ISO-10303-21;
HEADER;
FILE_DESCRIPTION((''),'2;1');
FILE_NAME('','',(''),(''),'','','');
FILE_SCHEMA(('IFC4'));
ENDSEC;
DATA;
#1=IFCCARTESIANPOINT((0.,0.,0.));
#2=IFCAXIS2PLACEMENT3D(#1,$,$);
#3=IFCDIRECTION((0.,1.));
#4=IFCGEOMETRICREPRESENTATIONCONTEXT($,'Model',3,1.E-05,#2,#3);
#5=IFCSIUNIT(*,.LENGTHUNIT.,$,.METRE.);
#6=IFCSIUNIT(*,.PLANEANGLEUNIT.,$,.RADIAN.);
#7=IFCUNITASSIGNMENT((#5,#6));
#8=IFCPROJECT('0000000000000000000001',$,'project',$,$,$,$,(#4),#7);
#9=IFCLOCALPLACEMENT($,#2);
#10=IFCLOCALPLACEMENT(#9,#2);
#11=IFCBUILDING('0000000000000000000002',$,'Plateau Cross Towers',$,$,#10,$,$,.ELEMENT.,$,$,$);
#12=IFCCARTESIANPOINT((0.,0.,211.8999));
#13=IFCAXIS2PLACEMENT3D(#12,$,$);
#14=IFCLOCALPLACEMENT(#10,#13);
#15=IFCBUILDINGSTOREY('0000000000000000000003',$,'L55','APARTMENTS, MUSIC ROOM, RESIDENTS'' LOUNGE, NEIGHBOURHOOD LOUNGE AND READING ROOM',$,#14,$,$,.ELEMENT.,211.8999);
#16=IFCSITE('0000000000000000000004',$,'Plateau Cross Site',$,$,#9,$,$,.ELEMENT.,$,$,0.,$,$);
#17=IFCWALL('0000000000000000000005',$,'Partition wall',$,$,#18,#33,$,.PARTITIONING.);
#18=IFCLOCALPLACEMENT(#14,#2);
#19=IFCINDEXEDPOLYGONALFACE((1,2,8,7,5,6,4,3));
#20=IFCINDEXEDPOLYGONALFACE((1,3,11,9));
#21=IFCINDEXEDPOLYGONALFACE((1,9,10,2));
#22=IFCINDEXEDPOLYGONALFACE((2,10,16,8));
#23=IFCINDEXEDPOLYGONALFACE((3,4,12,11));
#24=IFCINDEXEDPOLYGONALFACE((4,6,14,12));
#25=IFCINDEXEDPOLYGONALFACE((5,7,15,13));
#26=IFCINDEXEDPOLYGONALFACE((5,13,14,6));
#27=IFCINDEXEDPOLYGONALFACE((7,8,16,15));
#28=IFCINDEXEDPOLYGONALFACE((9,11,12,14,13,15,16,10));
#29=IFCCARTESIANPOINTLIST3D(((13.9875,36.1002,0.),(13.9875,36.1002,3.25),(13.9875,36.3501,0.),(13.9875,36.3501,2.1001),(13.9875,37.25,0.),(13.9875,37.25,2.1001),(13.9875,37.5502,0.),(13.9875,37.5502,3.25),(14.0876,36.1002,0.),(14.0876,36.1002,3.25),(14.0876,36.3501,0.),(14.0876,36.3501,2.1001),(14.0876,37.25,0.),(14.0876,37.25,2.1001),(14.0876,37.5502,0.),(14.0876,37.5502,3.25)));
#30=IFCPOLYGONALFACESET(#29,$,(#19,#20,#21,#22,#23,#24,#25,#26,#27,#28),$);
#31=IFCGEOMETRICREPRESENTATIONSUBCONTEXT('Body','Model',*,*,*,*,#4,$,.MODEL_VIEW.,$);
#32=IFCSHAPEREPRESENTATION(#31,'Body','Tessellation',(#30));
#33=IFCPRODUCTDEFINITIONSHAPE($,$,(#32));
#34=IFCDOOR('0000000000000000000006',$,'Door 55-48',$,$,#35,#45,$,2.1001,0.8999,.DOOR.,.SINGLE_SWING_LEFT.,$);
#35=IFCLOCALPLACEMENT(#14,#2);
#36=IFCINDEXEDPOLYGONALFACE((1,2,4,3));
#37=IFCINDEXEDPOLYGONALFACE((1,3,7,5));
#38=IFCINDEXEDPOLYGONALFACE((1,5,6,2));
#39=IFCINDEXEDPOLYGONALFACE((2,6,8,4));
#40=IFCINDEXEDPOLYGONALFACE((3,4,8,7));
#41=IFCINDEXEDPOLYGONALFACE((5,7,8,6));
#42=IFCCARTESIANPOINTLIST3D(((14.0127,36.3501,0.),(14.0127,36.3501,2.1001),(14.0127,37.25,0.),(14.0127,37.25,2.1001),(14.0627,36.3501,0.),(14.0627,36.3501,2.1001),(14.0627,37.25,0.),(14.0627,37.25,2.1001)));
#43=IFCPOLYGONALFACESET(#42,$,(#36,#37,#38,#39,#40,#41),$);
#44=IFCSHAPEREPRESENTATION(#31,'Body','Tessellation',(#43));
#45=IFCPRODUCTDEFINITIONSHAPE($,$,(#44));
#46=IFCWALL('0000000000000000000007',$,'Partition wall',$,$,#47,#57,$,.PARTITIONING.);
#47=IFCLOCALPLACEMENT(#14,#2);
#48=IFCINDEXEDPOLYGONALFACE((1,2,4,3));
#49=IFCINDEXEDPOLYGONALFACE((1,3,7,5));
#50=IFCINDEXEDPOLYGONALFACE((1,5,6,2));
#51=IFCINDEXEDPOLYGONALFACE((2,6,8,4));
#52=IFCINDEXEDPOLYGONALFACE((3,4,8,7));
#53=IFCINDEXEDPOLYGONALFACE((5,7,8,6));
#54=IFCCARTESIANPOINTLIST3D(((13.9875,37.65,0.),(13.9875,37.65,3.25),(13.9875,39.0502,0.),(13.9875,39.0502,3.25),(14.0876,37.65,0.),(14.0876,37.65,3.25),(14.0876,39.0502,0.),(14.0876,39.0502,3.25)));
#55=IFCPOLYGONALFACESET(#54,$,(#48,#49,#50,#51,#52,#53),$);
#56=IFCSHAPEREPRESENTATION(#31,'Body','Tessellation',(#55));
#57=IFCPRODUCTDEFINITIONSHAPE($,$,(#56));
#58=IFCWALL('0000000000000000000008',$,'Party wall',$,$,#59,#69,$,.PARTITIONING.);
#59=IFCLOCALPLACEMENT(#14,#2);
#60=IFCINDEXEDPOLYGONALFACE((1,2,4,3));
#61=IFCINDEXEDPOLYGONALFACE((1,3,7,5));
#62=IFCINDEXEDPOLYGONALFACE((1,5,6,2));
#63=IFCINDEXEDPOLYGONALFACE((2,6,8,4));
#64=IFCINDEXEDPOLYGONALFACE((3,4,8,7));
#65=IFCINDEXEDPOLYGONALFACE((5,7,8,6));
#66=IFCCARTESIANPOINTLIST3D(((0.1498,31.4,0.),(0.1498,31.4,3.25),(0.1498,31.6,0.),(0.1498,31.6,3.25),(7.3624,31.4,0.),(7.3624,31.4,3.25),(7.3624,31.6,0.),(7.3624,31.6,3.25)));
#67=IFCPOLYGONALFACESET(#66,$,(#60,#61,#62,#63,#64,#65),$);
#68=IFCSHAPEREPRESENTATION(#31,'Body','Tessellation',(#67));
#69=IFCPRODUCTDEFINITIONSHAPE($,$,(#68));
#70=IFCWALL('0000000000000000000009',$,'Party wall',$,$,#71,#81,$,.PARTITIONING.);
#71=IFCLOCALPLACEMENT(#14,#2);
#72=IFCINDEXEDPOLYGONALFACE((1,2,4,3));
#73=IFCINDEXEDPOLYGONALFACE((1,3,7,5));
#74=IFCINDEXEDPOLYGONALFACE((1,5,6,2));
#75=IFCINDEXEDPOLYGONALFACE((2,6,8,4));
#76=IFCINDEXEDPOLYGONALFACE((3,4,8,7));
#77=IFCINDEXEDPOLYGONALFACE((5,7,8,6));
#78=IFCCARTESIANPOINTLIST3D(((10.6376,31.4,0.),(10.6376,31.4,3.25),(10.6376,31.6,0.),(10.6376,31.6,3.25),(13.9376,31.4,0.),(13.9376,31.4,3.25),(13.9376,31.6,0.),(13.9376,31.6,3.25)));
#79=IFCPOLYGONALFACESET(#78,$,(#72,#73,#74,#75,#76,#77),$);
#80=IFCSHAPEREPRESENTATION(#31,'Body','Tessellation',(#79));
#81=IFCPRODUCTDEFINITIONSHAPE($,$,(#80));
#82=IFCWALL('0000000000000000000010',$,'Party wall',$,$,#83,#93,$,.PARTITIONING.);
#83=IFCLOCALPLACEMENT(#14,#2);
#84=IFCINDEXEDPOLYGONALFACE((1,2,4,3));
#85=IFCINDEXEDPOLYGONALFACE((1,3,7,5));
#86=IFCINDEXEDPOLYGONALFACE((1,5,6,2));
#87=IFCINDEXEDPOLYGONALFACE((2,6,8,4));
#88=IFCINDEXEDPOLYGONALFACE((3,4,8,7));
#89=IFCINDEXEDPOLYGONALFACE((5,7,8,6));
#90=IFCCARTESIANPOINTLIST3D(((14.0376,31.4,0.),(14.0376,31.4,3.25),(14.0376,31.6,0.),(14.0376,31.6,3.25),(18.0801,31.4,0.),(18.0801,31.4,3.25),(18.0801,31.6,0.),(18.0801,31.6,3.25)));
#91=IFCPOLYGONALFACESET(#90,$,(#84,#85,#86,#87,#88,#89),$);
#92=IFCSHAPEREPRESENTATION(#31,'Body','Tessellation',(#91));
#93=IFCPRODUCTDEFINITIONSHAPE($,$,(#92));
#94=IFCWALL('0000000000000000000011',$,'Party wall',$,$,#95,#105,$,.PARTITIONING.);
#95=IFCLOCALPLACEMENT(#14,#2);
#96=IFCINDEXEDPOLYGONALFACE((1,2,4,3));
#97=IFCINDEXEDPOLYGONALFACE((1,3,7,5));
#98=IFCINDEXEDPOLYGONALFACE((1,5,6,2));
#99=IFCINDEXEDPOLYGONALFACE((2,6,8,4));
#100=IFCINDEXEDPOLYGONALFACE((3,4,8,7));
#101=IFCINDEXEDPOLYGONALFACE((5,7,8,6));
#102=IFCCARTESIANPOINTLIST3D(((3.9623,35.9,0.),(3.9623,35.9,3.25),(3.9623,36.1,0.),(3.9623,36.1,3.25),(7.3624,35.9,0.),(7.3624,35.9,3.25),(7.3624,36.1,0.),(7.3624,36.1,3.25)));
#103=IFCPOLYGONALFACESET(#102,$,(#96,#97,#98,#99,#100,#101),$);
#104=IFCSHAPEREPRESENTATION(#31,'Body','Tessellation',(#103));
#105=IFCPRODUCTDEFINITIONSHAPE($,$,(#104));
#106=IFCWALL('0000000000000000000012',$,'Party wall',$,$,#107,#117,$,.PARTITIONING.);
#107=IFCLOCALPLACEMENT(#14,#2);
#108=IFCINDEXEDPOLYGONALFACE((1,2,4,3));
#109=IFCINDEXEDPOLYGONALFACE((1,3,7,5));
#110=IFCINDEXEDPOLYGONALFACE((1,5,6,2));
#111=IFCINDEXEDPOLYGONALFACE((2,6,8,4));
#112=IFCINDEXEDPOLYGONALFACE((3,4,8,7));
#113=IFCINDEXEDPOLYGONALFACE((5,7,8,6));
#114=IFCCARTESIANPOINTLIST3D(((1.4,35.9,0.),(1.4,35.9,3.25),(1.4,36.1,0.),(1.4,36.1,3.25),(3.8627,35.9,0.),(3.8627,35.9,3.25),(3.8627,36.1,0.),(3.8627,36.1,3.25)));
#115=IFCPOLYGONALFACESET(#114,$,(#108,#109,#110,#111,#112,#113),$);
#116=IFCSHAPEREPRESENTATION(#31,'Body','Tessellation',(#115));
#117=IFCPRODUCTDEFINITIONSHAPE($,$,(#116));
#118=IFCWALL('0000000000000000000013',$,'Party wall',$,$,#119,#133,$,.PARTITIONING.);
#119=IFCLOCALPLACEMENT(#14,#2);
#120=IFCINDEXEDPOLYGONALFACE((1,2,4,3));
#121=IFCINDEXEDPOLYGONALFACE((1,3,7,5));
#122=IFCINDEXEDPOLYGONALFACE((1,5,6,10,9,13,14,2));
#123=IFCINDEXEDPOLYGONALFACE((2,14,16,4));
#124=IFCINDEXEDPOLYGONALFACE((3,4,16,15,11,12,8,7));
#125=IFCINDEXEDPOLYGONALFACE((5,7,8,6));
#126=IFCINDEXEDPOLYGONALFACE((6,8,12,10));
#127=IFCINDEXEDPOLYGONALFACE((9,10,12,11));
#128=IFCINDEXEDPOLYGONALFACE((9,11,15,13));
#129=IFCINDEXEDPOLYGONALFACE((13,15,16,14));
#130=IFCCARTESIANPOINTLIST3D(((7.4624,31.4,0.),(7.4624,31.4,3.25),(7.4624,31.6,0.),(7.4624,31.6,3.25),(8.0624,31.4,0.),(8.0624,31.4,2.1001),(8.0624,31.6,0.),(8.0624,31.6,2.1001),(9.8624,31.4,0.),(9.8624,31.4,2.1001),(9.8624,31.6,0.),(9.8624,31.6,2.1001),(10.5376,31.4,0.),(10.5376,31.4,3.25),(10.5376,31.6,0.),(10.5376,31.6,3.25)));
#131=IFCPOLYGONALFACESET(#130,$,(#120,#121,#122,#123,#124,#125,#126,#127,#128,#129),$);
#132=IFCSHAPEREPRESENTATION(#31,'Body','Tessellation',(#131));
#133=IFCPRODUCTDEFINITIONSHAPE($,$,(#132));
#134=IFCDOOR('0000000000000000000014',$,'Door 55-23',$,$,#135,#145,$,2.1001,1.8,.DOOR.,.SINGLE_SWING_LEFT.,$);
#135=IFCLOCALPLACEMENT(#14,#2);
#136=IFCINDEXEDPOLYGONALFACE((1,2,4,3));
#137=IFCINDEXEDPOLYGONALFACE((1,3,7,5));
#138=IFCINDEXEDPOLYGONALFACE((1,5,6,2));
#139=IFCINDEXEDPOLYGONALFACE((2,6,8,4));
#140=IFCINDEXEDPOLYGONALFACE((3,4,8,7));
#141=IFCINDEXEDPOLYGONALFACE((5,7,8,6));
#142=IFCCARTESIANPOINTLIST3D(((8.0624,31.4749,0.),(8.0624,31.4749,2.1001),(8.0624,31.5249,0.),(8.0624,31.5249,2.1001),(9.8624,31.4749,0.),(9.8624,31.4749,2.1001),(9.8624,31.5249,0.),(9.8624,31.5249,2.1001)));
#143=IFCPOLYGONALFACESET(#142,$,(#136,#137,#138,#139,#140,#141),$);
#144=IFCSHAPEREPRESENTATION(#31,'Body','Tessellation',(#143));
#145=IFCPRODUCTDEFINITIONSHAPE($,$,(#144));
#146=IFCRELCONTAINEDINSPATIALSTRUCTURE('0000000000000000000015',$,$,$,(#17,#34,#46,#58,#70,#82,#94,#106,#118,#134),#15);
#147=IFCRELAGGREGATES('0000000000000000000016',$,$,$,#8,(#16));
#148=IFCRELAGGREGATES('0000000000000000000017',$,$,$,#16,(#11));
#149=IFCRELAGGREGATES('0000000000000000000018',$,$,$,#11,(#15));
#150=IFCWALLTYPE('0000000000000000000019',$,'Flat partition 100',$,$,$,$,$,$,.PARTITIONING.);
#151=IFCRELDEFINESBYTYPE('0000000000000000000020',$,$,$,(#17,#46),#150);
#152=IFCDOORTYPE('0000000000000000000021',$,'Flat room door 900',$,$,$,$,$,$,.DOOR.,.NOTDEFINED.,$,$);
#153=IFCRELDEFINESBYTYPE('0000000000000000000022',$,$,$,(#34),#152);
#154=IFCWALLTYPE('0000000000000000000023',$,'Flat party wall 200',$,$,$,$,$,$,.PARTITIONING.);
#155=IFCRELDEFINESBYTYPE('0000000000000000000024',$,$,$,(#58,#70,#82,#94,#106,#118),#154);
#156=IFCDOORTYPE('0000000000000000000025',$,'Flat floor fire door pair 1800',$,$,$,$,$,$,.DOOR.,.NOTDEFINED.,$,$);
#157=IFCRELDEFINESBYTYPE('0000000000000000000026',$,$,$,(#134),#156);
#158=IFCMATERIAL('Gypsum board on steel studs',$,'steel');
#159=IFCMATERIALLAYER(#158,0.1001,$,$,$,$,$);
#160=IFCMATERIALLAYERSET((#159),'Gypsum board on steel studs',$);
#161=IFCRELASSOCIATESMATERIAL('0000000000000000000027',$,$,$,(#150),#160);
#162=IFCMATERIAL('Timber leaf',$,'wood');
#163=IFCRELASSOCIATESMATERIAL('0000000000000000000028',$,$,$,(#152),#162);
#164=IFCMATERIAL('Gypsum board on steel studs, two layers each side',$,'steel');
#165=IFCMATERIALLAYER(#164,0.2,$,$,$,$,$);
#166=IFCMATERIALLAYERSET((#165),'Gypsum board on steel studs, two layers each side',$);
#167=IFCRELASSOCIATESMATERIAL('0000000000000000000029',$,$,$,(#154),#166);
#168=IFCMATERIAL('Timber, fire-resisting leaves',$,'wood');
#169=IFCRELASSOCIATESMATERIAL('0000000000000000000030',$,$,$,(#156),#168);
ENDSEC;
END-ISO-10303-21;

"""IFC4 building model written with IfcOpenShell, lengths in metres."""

from ifc_helpers import new_model, si_unit, direction, frame, frame_2d, origin, place, context, subcontext, project, spatial, rectangle, extrude, material, layer, layer_set, type_object, element, fill, save


model = new_model("IFC4")

# Units and contexts
model_context = context("Model", 3, precision=1e-05, world=origin(), true_north=direction((0.0, 1.0)))
body_context = subcontext(model_context, "Body", "Model", "MODEL_VIEW")
ifc_project = project(units=[si_unit("LENGTHUNIT", "METRE"), si_unit("PLANEANGLEUNIT", "RADIAN")], contexts=[model_context])

# Site, building, storey
site_placement = place(None, origin())
site = spatial("IfcSite", under=ifc_project, at=site_placement, Name="Plateau Cross Site", CompositionType="ELEMENT", RefElevation=0.0)
building_placement = place(site_placement, origin())
building = spatial("IfcBuilding", under=site, at=building_placement, Name="Plateau Cross Towers", CompositionType="ELEMENT")
storey_placement = place(building_placement, frame((0.0, 0.0, 211.8999)))
storey = spatial("IfcBuildingStorey", under=building, at=storey_placement, Name="L55", Description="APARTMENTS, MUSIC ROOM, RESIDENTS' LOUNGE, NEIGHBOURHOOD LOUNGE AND READING ROOM", CompositionType="ELEMENT", Elevation=211.8999)

# Shared definitions
ifc_material_1 = material(Name="Gypsum board on steel studs", Category="steel")
ifc_layer_1 = layer(ifc_material_1, 0.1001)
ifc_layer_set_1 = layer_set([ifc_layer_1], Name="Gypsum board on steel studs")
wall_type_1 = type_object("IfcWallType", Name="Flat partition 100", PredefinedType="PARTITIONING", material=ifc_layer_set_1)
ifc_material_2 = material(Name="Timber leaf", Category="wood")
door_type_1 = type_object("IfcDoorType", Name="Flat room door 900", OperationType="NOTDEFINED", PredefinedType="DOOR", material=ifc_material_2)

# Wall, opening, door
wall_1_placement = place(storey_placement, frame((14.0376, 36.1001, 0.0), z_axis=(0.0, 0.0, 1.0), x_axis=(0.0, 1.0, 0.0)))
wall_1 = element("IfcWall", 1, at=wall_1_placement, inside=storey, type_object=wall_type_1, Name="Partition wall", PredefinedType="PARTITIONING", context=body_context, shape_type="SweptSolid", body=[
    extrude(rectangle(XDim=1.45, YDim=0.1001, at=frame_2d((0.7251, 0.0))), origin(), (0.0, 0.0, 1.0), 3.25),
])
opening_1_placement = place(wall_1_placement, frame((0.25, 0.0, 0.0)))
opening_1 = element("IfcOpeningElement", 2, at=opening_1_placement, cuts=wall_1, PredefinedType="OPENING", context=body_context, shape_type="SweptSolid", body=[
    extrude(rectangle(XDim=0.8999, YDim=2.1001, at=frame_2d((0.45, 1.05))), frame((0.0, 0.0601, 0.0), z_axis=(0.0, -1.0, 0.0), x_axis=(1.0, 0.0, 0.0)), (0.0, 0.0, 1.0), 0.1201),
])
door_1_placement = place(opening_1_placement, origin())
door_1 = element("IfcDoor", 3, at=door_1_placement, inside=storey, type_object=door_type_1, Name="Door 55-48", OperationType="SINGLE_SWING_LEFT", OverallHeight=2.1001, OverallWidth=0.8999, PredefinedType="DOOR", context=body_context, shape_type="SweptSolid", body=[
    extrude(rectangle(XDim=0.8999, YDim=2.1001, at=frame_2d((0.45, 1.05))), frame((0.0, 0.0249, 0.0), z_axis=(0.0, -1.0, 0.0), x_axis=(1.0, 0.0, 0.0)), (0.0, 0.0, 1.0), 0.05),
])
fill(opening_1, door_1)

# Walls
wall_2_placement = place(storey_placement, frame((14.0376, 37.6499, 0.0), z_axis=(0.0, 0.0, 1.0), x_axis=(0.0, 1.0, 0.0)))
element("IfcWall", 4, at=wall_2_placement, inside=storey, type_object=wall_type_1, Name="Partition wall", PredefinedType="PARTITIONING", context=body_context, shape_type="SweptSolid", body=[
    extrude(rectangle(XDim=1.4001, YDim=0.1001, at=frame_2d((0.7002, 0.0))), origin(), (0.0, 0.0, 1.0), 3.25),
])
ifc_material_3 = material(Name="Gypsum board on steel studs, two layers each side", Category="steel")
ifc_layer_2 = layer(ifc_material_3, 0.2)
ifc_layer_set_2 = layer_set([ifc_layer_2], Name="Gypsum board on steel studs, two layers each side")
wall_type_2 = type_object("IfcWallType", Name="Flat party wall 200", PredefinedType="PARTITIONING", material=ifc_layer_set_2)
wall_3_placement = place(storey_placement, frame((7.3625, 31.5, 0.0), z_axis=(0.0, 0.0, 1.0), x_axis=(-1.0, 0.0, 0.0)))
element("IfcWall", 5, at=wall_3_placement, inside=storey, type_object=wall_type_2, Name="Party wall", PredefinedType="PARTITIONING", context=body_context, shape_type="SweptSolid", body=[
    extrude(rectangle(XDim=7.2126, YDim=0.2, at=frame_2d((3.6064, 0.0))), origin(), (0.0, 0.0, 1.0), 3.25),
])
wall_4_placement = place(storey_placement, frame((13.9375, 31.5, 0.0), z_axis=(0.0, 0.0, 1.0), x_axis=(-1.0, 0.0, 0.0)))
element("IfcWall", 6, at=wall_4_placement, inside=storey, type_object=wall_type_2, Name="Party wall", PredefinedType="PARTITIONING", context=body_context, shape_type="SweptSolid", body=[
    extrude(rectangle(XDim=3.3, YDim=0.2, at=frame_2d((1.6499, 0.0))), origin(), (0.0, 0.0, 1.0), 3.25),
])
wall_5_placement = place(storey_placement, frame((14.0376, 31.5, 0.0), z_axis=(0.0, 0.0, 1.0), x_axis=(1.0, 0.0, 0.0)))
element("IfcWall", 7, at=wall_5_placement, inside=storey, type_object=wall_type_2, Name="Party wall", PredefinedType="PARTITIONING", context=body_context, shape_type="SweptSolid", body=[
    extrude(rectangle(XDim=4.0425, YDim=0.2, at=frame_2d((2.0212, 0.0))), origin(), (0.0, 0.0, 1.0), 3.25),
])
wall_6_placement = place(storey_placement, frame((7.3625, 36.0, 0.0), z_axis=(0.0, 0.0, 1.0), x_axis=(-1.0, 0.0, 0.0)))
element("IfcWall", 8, at=wall_6_placement, inside=storey, type_object=wall_type_2, Name="Party wall", PredefinedType="PARTITIONING", context=body_context, shape_type="SweptSolid", body=[
    extrude(rectangle(XDim=3.4001, YDim=0.2, at=frame_2d((1.7002, 0.0))), origin(), (0.0, 0.0, 1.0), 3.25),
])
wall_7_placement = place(storey_placement, frame((1.3999, 36.0, 0.0), z_axis=(0.0, 0.0, 1.0), x_axis=(1.0, 0.0, 0.0)))
element("IfcWall", 9, at=wall_7_placement, inside=storey, type_object=wall_type_2, Name="Party wall", PredefinedType="PARTITIONING", context=body_context, shape_type="SweptSolid", body=[
    extrude(rectangle(XDim=2.4626, YDim=0.2, at=frame_2d((1.2314, 0.0))), origin(), (0.0, 0.0, 1.0), 3.25),
])

# Wall, opening, door
wall_8_placement = place(storey_placement, frame((7.4624, 31.5, 0.0), z_axis=(0.0, 0.0, 1.0), x_axis=(1.0, 0.0, 0.0)))
wall_8 = element("IfcWall", 10, at=wall_8_placement, inside=storey, type_object=wall_type_2, Name="Party wall", PredefinedType="PARTITIONING", context=body_context, shape_type="SweptSolid", body=[
    extrude(rectangle(XDim=3.0752, YDim=0.2, at=frame_2d((1.5376, 0.0))), origin(), (0.0, 0.0, 1.0), 3.25),
])
opening_2_placement = place(wall_8_placement, frame((0.6001, 0.0, 0.0)))
opening_2 = element("IfcOpeningElement", 11, at=opening_2_placement, cuts=wall_8, PredefinedType="OPENING", context=body_context, shape_type="SweptSolid", body=[
    extrude(rectangle(XDim=1.8, YDim=2.1001, at=frame_2d((0.8999, 1.05))), frame((0.0, 0.1099, 0.0), z_axis=(0.0, -1.0, 0.0), x_axis=(1.0, 0.0, 0.0)), (0.0, 0.0, 1.0), 0.22),
])
ifc_material_4 = material(Name="Timber, fire-resisting leaves", Category="wood")
door_type_2 = type_object("IfcDoorType", Name="Flat floor fire door pair 1800", OperationType="NOTDEFINED", PredefinedType="DOOR", material=ifc_material_4)
door_2_placement = place(opening_2_placement, origin())
door_2 = element("IfcDoor", 12, at=door_2_placement, inside=storey, type_object=door_type_2, Name="Door 55-23", OperationType="SINGLE_SWING_LEFT", OverallHeight=2.1001, OverallWidth=1.8, PredefinedType="DOOR", context=body_context, shape_type="SweptSolid", body=[
    extrude(rectangle(XDim=1.8, YDim=2.1001, at=frame_2d((0.8999, 1.05))), frame((0.0, 0.0249, 0.0), z_axis=(0.0, -1.0, 0.0), x_axis=(1.0, 0.0, 0.0)), (0.0, 0.0, 1.0), 0.05),
])
fill(opening_2, door_2)

save(model, "model.ifc")
